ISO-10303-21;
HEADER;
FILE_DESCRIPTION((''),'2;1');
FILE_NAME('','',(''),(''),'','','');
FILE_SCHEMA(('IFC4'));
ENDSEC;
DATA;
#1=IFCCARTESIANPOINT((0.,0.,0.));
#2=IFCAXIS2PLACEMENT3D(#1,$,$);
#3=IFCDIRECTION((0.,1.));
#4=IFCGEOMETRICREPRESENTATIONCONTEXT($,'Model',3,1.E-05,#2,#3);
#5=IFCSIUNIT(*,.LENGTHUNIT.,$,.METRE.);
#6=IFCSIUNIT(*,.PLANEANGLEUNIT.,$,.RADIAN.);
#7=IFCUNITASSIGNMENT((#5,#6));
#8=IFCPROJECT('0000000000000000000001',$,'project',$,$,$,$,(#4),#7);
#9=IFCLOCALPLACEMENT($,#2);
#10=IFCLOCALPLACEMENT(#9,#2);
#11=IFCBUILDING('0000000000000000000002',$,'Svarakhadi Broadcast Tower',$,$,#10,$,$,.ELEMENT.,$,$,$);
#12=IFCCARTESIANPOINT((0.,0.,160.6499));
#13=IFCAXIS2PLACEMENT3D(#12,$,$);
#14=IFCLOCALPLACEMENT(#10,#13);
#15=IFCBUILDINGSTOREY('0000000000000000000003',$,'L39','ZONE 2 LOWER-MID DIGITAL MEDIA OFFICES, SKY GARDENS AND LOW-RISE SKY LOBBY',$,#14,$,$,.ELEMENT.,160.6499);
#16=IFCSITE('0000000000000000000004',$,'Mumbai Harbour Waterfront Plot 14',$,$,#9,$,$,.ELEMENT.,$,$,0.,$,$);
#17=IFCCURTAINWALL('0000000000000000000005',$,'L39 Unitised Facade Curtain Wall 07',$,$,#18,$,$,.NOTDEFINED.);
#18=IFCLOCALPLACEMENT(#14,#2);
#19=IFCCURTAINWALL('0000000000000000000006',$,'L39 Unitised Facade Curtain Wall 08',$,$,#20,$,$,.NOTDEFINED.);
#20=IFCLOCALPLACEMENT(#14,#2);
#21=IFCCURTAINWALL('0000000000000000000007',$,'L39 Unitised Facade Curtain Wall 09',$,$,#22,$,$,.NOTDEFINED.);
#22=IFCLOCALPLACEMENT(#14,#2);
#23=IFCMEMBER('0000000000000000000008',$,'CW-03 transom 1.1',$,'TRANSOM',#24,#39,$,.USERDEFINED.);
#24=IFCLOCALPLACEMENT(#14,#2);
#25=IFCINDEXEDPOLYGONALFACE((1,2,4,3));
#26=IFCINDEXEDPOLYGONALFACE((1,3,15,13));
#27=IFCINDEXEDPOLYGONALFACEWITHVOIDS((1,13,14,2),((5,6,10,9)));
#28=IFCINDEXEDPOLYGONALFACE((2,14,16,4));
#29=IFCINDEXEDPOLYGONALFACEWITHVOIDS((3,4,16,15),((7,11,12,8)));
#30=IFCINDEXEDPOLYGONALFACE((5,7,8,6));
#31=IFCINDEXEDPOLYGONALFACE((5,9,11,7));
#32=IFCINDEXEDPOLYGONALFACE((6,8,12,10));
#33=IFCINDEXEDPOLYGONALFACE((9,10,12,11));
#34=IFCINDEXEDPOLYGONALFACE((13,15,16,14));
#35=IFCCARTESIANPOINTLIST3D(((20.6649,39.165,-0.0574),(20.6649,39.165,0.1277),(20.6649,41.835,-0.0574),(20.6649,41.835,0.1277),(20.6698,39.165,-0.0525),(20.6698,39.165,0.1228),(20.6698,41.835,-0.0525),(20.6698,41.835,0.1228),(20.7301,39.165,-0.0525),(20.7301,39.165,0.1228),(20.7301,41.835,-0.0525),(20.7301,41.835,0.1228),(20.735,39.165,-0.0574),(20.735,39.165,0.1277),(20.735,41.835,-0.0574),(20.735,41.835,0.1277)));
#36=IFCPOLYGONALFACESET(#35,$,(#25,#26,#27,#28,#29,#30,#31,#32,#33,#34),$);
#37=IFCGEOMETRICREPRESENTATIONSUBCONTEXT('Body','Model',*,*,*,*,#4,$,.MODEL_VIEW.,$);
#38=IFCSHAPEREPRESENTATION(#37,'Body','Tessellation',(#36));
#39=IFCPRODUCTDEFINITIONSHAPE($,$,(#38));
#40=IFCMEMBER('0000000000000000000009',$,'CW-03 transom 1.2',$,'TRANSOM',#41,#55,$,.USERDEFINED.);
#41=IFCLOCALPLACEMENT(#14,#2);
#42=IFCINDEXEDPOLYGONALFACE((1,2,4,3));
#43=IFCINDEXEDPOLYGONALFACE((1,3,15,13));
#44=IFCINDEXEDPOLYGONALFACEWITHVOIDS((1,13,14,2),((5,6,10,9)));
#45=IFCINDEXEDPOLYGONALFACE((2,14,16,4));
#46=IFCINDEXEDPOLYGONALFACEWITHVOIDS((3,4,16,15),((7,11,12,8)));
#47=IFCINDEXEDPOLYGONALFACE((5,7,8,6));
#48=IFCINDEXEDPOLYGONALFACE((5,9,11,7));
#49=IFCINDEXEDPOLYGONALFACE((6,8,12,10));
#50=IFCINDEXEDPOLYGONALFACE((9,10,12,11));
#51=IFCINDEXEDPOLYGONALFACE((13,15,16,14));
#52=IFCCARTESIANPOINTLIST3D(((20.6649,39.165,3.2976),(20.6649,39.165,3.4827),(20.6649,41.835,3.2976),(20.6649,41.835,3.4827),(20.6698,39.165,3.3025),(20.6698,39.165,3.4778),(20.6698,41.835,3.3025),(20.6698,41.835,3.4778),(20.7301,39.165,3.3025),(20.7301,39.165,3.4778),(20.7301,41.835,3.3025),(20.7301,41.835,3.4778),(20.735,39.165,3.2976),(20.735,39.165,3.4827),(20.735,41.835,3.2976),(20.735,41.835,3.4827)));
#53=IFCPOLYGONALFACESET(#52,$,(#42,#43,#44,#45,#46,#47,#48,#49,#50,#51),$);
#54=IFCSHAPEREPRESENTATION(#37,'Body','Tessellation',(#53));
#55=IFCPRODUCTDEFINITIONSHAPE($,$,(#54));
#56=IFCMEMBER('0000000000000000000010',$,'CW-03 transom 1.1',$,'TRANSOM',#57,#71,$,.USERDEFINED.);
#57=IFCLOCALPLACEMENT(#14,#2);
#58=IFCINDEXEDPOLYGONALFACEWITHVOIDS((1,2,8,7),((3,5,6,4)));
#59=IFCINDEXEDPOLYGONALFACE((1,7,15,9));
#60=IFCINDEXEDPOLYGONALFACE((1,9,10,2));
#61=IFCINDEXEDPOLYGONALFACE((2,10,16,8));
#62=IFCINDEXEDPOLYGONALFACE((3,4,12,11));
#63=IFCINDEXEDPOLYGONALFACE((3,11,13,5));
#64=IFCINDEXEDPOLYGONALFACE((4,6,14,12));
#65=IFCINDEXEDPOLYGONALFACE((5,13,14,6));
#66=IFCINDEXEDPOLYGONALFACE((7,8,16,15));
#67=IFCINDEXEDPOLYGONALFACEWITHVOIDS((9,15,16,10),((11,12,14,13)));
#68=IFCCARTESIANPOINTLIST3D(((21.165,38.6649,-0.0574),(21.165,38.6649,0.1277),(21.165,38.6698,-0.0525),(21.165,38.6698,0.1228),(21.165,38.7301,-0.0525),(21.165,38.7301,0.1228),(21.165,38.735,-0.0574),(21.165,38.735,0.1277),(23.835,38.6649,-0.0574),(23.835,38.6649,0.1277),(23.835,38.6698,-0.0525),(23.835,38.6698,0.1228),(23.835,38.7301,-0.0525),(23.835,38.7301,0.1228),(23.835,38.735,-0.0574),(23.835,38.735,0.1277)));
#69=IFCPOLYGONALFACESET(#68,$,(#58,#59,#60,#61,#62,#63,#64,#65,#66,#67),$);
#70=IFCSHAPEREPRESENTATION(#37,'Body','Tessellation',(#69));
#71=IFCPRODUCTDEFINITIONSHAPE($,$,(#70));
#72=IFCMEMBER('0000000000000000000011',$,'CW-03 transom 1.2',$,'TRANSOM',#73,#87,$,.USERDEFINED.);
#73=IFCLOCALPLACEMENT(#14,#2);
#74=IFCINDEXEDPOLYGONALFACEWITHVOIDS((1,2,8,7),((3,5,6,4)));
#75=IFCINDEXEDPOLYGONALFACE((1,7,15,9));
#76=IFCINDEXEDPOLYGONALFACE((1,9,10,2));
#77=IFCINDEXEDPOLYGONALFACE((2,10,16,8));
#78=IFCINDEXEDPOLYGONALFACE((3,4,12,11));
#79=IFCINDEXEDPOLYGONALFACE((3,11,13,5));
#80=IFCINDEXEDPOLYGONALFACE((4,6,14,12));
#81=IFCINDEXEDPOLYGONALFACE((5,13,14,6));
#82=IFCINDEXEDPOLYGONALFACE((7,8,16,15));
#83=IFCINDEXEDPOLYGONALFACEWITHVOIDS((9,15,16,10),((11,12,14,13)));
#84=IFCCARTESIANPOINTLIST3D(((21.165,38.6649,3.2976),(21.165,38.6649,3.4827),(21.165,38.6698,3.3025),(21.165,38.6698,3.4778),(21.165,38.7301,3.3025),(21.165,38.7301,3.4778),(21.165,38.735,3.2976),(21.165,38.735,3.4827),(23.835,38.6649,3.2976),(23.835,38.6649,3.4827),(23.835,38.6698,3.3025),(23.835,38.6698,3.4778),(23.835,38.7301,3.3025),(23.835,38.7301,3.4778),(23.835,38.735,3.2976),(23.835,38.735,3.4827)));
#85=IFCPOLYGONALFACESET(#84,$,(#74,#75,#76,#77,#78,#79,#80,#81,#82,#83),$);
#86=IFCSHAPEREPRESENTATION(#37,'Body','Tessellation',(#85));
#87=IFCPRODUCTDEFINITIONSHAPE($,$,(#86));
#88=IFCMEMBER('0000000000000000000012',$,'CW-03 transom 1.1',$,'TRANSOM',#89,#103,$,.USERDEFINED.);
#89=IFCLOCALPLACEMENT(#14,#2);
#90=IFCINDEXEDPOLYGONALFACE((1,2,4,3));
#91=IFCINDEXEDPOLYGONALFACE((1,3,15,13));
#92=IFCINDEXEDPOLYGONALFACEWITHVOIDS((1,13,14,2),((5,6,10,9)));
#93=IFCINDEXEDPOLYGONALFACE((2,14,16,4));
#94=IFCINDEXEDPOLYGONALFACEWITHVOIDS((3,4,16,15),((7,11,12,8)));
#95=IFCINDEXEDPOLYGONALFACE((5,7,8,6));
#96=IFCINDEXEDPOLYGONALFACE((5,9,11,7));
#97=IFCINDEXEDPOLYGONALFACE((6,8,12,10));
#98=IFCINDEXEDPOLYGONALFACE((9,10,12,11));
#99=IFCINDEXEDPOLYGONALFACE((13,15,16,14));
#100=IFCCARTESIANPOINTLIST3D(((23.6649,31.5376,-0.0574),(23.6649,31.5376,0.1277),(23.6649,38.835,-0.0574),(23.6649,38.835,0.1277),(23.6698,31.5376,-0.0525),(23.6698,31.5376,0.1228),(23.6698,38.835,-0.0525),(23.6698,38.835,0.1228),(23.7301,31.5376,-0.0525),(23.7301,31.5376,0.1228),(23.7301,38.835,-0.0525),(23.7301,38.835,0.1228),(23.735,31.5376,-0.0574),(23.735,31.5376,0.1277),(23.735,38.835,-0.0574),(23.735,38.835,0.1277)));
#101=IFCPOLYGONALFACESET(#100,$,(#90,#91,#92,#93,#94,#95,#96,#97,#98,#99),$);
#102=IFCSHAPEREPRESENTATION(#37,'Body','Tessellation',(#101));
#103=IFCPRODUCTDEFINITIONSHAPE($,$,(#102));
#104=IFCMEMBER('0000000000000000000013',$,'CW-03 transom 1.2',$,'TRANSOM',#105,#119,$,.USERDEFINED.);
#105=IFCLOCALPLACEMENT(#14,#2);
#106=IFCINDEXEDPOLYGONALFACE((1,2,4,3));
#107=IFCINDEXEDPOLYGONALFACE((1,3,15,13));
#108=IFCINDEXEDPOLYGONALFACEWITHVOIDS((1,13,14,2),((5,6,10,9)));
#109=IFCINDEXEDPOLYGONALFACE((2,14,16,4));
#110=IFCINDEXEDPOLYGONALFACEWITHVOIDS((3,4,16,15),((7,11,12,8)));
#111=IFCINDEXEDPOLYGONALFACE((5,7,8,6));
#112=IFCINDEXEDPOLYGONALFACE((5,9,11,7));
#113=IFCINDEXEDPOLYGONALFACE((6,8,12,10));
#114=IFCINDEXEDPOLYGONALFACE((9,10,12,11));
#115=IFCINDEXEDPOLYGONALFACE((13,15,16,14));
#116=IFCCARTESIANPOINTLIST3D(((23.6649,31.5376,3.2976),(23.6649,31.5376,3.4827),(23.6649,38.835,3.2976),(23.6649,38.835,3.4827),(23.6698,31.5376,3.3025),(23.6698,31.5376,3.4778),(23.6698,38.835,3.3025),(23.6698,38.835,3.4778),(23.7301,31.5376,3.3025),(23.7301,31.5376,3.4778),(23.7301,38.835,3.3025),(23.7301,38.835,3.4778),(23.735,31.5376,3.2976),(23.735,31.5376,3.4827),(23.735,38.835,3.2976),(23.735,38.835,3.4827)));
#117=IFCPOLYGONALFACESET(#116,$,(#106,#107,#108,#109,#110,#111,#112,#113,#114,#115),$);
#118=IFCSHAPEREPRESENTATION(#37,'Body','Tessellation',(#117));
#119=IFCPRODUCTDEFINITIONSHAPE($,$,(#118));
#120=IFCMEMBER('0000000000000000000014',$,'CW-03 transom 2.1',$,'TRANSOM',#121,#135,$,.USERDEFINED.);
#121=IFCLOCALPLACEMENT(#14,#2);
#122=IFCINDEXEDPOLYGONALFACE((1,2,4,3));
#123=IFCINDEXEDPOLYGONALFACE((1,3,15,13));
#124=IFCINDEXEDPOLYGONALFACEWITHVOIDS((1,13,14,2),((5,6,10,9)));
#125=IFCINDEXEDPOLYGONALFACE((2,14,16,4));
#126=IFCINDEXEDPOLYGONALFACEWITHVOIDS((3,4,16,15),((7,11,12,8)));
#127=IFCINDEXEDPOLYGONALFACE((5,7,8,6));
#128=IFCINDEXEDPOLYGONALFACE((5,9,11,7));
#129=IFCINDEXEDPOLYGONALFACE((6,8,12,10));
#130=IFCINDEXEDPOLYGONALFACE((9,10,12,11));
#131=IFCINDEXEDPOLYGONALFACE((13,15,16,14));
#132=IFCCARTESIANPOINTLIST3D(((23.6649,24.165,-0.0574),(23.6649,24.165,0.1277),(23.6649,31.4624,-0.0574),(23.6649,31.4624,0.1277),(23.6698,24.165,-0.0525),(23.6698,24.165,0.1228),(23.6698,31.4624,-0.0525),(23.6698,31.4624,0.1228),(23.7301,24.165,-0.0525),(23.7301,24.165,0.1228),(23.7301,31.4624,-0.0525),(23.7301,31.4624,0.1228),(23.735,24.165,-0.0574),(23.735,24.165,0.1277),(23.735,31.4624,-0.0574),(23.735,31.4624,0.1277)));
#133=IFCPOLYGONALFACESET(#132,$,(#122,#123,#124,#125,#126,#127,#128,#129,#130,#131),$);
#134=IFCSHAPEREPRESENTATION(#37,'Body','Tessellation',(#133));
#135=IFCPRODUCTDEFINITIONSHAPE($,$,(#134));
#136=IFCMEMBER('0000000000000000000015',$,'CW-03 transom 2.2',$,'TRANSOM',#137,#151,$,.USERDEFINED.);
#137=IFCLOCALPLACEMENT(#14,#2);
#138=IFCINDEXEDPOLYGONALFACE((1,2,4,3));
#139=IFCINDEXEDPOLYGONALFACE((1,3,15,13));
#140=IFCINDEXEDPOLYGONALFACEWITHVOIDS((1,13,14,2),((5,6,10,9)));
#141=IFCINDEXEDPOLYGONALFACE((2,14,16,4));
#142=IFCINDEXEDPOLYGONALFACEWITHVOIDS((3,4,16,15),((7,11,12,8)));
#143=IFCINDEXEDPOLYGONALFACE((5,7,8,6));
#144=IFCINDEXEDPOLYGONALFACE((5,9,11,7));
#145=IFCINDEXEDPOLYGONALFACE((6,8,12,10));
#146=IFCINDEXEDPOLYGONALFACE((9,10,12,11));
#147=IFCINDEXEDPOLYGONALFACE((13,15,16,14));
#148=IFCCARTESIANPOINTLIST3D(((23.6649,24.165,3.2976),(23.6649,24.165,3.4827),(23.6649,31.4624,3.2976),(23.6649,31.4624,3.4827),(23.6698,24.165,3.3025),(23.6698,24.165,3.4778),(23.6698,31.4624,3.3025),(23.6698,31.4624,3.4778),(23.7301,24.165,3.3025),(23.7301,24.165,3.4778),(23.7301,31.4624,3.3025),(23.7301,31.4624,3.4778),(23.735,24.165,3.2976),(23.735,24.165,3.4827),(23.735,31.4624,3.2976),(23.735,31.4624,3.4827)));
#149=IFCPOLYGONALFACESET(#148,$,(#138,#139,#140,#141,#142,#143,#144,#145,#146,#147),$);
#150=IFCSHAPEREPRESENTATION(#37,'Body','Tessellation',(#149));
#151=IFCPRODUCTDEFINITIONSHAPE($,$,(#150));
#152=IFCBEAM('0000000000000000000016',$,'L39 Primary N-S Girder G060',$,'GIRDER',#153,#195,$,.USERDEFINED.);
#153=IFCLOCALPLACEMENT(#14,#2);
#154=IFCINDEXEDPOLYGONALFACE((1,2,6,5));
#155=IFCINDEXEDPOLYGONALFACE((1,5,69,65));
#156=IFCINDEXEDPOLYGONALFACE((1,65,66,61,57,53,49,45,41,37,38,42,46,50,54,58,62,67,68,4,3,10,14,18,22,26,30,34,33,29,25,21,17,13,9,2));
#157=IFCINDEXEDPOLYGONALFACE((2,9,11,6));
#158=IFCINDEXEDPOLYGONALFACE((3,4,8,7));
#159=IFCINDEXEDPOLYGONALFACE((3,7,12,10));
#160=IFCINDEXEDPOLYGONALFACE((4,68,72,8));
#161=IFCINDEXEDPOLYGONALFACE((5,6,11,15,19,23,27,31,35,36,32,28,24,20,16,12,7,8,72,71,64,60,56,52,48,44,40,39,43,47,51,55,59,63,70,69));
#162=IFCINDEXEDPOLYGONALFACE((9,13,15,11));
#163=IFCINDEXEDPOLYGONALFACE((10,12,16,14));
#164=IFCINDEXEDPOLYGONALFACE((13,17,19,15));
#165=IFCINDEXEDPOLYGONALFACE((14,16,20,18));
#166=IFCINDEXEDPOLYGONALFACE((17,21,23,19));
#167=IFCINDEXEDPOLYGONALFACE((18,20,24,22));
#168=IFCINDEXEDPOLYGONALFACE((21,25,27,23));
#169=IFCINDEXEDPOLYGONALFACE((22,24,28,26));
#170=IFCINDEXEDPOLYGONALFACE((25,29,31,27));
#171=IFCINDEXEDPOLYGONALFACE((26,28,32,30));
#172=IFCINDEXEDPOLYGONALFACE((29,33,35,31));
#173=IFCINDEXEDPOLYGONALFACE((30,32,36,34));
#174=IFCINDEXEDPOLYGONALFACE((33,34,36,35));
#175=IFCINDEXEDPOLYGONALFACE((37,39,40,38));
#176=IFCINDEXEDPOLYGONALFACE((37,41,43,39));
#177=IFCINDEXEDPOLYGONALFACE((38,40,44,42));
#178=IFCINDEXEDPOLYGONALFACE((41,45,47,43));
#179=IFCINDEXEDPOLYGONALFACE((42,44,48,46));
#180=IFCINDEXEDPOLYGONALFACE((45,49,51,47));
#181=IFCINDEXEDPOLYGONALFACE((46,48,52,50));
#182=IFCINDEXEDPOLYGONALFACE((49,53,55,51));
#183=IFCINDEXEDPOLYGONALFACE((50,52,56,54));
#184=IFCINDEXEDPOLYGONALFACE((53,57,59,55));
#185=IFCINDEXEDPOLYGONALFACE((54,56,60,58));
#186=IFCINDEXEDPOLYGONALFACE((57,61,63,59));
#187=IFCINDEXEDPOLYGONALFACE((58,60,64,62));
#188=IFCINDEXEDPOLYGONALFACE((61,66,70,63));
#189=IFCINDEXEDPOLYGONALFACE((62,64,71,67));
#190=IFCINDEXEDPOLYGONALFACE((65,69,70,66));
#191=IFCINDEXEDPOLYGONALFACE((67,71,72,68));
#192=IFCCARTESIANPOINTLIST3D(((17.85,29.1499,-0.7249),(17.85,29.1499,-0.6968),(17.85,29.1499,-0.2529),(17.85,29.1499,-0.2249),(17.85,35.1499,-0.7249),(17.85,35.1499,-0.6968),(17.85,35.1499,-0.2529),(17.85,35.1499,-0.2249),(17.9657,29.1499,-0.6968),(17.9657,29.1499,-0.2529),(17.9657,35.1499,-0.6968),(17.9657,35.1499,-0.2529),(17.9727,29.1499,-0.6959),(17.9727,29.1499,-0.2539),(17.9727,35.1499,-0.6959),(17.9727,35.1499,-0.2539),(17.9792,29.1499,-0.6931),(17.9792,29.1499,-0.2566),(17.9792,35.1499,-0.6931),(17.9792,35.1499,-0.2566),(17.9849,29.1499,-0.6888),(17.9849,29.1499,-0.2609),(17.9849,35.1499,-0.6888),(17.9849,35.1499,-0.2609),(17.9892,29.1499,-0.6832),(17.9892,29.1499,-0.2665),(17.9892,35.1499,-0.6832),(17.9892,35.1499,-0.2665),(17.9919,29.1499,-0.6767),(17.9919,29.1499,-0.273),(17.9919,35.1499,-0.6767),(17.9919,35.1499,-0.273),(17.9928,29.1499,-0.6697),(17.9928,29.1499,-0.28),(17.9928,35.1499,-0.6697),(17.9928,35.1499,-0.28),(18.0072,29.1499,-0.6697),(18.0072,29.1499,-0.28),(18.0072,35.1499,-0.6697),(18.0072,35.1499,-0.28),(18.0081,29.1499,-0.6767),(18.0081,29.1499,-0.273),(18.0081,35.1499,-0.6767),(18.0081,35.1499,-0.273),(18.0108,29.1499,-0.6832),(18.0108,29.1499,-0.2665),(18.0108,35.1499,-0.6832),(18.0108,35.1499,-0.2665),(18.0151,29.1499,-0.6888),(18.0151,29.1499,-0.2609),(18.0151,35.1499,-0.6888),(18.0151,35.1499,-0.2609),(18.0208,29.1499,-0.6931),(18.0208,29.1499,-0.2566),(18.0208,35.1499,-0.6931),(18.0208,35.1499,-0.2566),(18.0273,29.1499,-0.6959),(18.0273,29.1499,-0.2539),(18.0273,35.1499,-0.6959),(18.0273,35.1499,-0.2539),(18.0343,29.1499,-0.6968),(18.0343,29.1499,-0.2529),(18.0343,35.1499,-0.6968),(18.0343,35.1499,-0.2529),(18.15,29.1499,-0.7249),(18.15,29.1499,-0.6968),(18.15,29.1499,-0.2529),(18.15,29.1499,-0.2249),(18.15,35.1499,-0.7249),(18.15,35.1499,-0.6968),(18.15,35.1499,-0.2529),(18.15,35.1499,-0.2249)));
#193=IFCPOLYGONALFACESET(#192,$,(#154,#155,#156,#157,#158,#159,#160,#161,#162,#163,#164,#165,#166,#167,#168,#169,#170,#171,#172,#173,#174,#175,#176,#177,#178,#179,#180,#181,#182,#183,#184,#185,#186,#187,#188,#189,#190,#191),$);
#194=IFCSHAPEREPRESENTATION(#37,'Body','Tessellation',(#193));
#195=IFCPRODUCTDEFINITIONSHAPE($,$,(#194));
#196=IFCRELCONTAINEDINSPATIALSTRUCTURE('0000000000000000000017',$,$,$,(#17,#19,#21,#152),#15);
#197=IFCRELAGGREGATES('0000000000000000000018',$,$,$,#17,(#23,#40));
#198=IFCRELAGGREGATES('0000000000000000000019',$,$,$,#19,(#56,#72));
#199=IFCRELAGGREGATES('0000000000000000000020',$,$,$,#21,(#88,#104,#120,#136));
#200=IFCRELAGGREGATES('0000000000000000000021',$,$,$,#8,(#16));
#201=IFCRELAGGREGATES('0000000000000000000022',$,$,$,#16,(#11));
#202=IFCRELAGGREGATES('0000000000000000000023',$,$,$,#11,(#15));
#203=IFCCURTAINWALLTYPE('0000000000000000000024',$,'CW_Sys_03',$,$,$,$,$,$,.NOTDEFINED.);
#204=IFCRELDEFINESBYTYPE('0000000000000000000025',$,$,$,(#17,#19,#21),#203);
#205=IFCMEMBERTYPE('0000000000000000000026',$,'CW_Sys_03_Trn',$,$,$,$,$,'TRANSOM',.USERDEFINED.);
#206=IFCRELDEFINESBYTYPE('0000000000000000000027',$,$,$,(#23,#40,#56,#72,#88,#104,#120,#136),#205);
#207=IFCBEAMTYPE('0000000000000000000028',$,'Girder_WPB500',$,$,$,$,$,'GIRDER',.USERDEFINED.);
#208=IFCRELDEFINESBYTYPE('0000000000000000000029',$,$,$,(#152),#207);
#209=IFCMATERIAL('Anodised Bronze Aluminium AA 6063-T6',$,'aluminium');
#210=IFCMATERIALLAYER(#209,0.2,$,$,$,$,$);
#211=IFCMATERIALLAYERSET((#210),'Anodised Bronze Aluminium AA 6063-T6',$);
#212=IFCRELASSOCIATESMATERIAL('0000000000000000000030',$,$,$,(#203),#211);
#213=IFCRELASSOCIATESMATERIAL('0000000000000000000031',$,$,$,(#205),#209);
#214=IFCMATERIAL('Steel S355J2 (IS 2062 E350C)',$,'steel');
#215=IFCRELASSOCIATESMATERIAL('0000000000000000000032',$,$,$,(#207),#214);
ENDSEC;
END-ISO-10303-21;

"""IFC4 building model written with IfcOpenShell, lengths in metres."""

from ifc_helpers import new_model, si_unit, direction, frame, origin, origin_2d, place, context, subcontext, project, spatial, hollow_rectangle, i_section, extrude, material, layer, layer_set, material_profile, profile_set, type_object, element, aggregate, save


model = new_model("IFC4")

# Units and contexts
model_context = context("Model", 3, precision=1e-05, world=origin(), true_north=direction((0.0, 1.0)))
body_context = subcontext(model_context, "Body", "Model", "MODEL_VIEW")
ifc_project = project(units=[si_unit("LENGTHUNIT", "METRE"), si_unit("PLANEANGLEUNIT", "RADIAN")], contexts=[model_context])

# Site, building, storey
site_placement = place(None, origin())
site = spatial("IfcSite", under=ifc_project, at=site_placement, Name="Mumbai Harbour Waterfront Plot 14", CompositionType="ELEMENT", RefElevation=0.0)
building_placement = place(site_placement, origin())
building = spatial("IfcBuilding", under=site, at=building_placement, Name="Svarakhadi Broadcast Tower", CompositionType="ELEMENT")
storey_placement = place(building_placement, frame((0.0, 0.0, 160.6499)))
storey = spatial("IfcBuildingStorey", under=building, at=storey_placement, Name="L39", Description="ZONE 2 LOWER-MID DIGITAL MEDIA OFFICES, SKY GARDENS AND LOW-RISE SKY LOBBY", CompositionType="ELEMENT", Elevation=160.6499)

# Curtain walls
ifc_material_1 = material(Name="Anodised Bronze Aluminium AA 6063-T6", Category="aluminium")
ifc_layer_1 = layer(ifc_material_1, 0.2)
ifc_layer_set_1 = layer_set([ifc_layer_1], Name="Anodised Bronze Aluminium AA 6063-T6")
curtain_wall_type = type_object("IfcCurtainWallType", Name="CW_Sys_03", PredefinedType="NOTDEFINED", material=ifc_layer_set_1)
curtain_wall_1_placement = place(storey_placement, origin())
curtain_wall_1 = element("IfcCurtainWall", 1, at=curtain_wall_1_placement, inside=storey, type_object=curtain_wall_type, Name="L39 Unitised Facade Curtain Wall 07", PredefinedType="NOTDEFINED")
curtain_wall_2_placement = place(storey_placement, origin())
curtain_wall_2 = element("IfcCurtainWall", 2, at=curtain_wall_2_placement, inside=storey, type_object=curtain_wall_type, Name="L39 Unitised Facade Curtain Wall 08", PredefinedType="NOTDEFINED")
curtain_wall_3_placement = place(storey_placement, origin())
curtain_wall_3 = element("IfcCurtainWall", 3, at=curtain_wall_3_placement, inside=storey, type_object=curtain_wall_type, Name="L39 Unitised Facade Curtain Wall 09", PredefinedType="NOTDEFINED")

# Members
ifc_material_profile_1 = material_profile(ifc_material_1, hollow_rectangle(XDim=0.0701, YDim=0.1851, WallThickness=0.0049, at=origin_2d()), Name="ALU TRANSOM 185x70x5")
ifc_profile_set_1 = profile_set([ifc_material_profile_1], Name="Anodised Bronze Aluminium AA 6063-T6")
member_type_1 = type_object("IfcMemberType", Name="CW_Sys_03_Trn", ElementType="TRANSOM", PredefinedType="USERDEFINED", material=ifc_profile_set_1)
member_1_placement = place(storey_placement, frame((20.7, 41.835, 0.0352), z_axis=(0.0, -1.0, 0.0), x_axis=(1.0, 0.0, 0.0)))
member_1 = element("IfcMember", 4, at=member_1_placement, type_object=member_type_1, Name="CW-03 transom 1.1", ObjectType="TRANSOM", PredefinedType="USERDEFINED", context=body_context, shape_type="SweptSolid", body=[
    extrude(hollow_rectangle(XDim=0.0701, YDim=0.1851, WallThickness=0.0049, at=origin_2d()), origin(), (0.0, 0.0, 1.0), 2.6699),
])
member_2_placement = place(storey_placement, frame((20.7, 41.835, 3.3901), z_axis=(0.0, -1.0, 0.0), x_axis=(1.0, 0.0, 0.0)))
member_2 = element("IfcMember", 5, at=member_2_placement, type_object=member_type_1, Name="CW-03 transom 1.2", ObjectType="TRANSOM", PredefinedType="USERDEFINED", context=body_context, shape_type="SweptSolid", body=[
    extrude(hollow_rectangle(XDim=0.0701, YDim=0.1851, WallThickness=0.0049, at=origin_2d()), origin(), (0.0, 0.0, 1.0), 2.6699),
])
member_3_placement = place(storey_placement, frame((21.165, 38.7, 0.0352), z_axis=(1.0, 0.0, 0.0), x_axis=(0.0, 1.0, 0.0)))
member_3 = element("IfcMember", 6, at=member_3_placement, type_object=member_type_1, Name="CW-03 transom 1.1", ObjectType="TRANSOM", PredefinedType="USERDEFINED", context=body_context, shape_type="SweptSolid", body=[
    extrude(hollow_rectangle(XDim=0.0701, YDim=0.1851, WallThickness=0.0049, at=origin_2d()), origin(), (0.0, 0.0, 1.0), 2.6699),
])
member_4_placement = place(storey_placement, frame((21.165, 38.7, 3.3901), z_axis=(1.0, 0.0, 0.0), x_axis=(0.0, 1.0, 0.0)))
member_4 = element("IfcMember", 7, at=member_4_placement, type_object=member_type_1, Name="CW-03 transom 1.2", ObjectType="TRANSOM", PredefinedType="USERDEFINED", context=body_context, shape_type="SweptSolid", body=[
    extrude(hollow_rectangle(XDim=0.0701, YDim=0.1851, WallThickness=0.0049, at=origin_2d()), origin(), (0.0, 0.0, 1.0), 2.6699),
])
member_5_placement = place(storey_placement, frame((23.7, 38.835, 0.0352), z_axis=(0.0, -1.0, 0.0), x_axis=(1.0, 0.0, 0.0)))
member_5 = element("IfcMember", 8, at=member_5_placement, type_object=member_type_1, Name="CW-03 transom 1.1", ObjectType="TRANSOM", PredefinedType="USERDEFINED", context=body_context, shape_type="SweptSolid", body=[
    extrude(hollow_rectangle(XDim=0.0701, YDim=0.1851, WallThickness=0.0049, at=origin_2d()), origin(), (0.0, 0.0, 1.0), 7.2974),
])
member_6_placement = place(storey_placement, frame((23.7, 38.835, 3.3901), z_axis=(0.0, -1.0, 0.0), x_axis=(1.0, 0.0, 0.0)))
member_6 = element("IfcMember", 9, at=member_6_placement, type_object=member_type_1, Name="CW-03 transom 1.2", ObjectType="TRANSOM", PredefinedType="USERDEFINED", context=body_context, shape_type="SweptSolid", body=[
    extrude(hollow_rectangle(XDim=0.0701, YDim=0.1851, WallThickness=0.0049, at=origin_2d()), origin(), (0.0, 0.0, 1.0), 7.2974),
])
member_7_placement = place(storey_placement, frame((23.7, 31.4624, 0.0352), z_axis=(0.0, -1.0, 0.0), x_axis=(1.0, 0.0, 0.0)))
member_7 = element("IfcMember", 10, at=member_7_placement, type_object=member_type_1, Name="CW-03 transom 2.1", ObjectType="TRANSOM", PredefinedType="USERDEFINED", context=body_context, shape_type="SweptSolid", body=[
    extrude(hollow_rectangle(XDim=0.0701, YDim=0.1851, WallThickness=0.0049, at=origin_2d()), origin(), (0.0, 0.0, 1.0), 7.2974),
])
member_8_placement = place(storey_placement, frame((23.7, 31.4624, 3.3901), z_axis=(0.0, -1.0, 0.0), x_axis=(1.0, 0.0, 0.0)))
member_8 = element("IfcMember", 11, at=member_8_placement, type_object=member_type_1, Name="CW-03 transom 2.2", ObjectType="TRANSOM", PredefinedType="USERDEFINED", context=body_context, shape_type="SweptSolid", body=[
    extrude(hollow_rectangle(XDim=0.0701, YDim=0.1851, WallThickness=0.0049, at=origin_2d()), origin(), (0.0, 0.0, 1.0), 7.2974),
])

# Beam
ifc_material_2 = material(Name="Steel S355J2 (IS 2062 E350C)", Category="steel")
ifc_material_profile_2 = material_profile(ifc_material_2, i_section(OverallWidth=0.3, OverallDepth=0.5, WebThickness=0.0144, FlangeThickness=0.0281, FilletRadius=0.0271, at=origin_2d()), Name="WPB 500x300x187")
ifc_profile_set_2 = profile_set([ifc_material_profile_2], Name="Steel S355J2 (IS 2062 E350C)")
beam_type = type_object("IfcBeamType", Name="Girder_WPB500", ElementType="GIRDER", PredefinedType="USERDEFINED", material=ifc_profile_set_2)
for number, where, z_axis, x_axis, name in (
    (12, (18.0, 29.1499, -0.4749), (0.0, 1.0, 0.0), (-1.0, 0.0, 0.0), "L39 Primary N-S Girder G060"),
):
    element("IfcBeam", number, at=place(storey_placement, frame(where, z_axis=z_axis, x_axis=x_axis)), inside=storey, type_object=beam_type, Name=name, ObjectType="GIRDER", PredefinedType="USERDEFINED", context=body_context, shape_type="SweptSolid", body=[
        extrude(i_section(OverallWidth=0.3, OverallDepth=0.5, WebThickness=0.0144, FlangeThickness=0.0281, FilletRadius=0.0271, at=origin_2d()), origin(), (0.0, 0.0, 1.0), 6.0),
    ])

aggregate(curtain_wall_1, [member_1, member_2])
aggregate(curtain_wall_2, [member_3, member_4])
aggregate(curtain_wall_3, [member_5, member_6, member_7, member_8])

save(model, "model.ifc")
